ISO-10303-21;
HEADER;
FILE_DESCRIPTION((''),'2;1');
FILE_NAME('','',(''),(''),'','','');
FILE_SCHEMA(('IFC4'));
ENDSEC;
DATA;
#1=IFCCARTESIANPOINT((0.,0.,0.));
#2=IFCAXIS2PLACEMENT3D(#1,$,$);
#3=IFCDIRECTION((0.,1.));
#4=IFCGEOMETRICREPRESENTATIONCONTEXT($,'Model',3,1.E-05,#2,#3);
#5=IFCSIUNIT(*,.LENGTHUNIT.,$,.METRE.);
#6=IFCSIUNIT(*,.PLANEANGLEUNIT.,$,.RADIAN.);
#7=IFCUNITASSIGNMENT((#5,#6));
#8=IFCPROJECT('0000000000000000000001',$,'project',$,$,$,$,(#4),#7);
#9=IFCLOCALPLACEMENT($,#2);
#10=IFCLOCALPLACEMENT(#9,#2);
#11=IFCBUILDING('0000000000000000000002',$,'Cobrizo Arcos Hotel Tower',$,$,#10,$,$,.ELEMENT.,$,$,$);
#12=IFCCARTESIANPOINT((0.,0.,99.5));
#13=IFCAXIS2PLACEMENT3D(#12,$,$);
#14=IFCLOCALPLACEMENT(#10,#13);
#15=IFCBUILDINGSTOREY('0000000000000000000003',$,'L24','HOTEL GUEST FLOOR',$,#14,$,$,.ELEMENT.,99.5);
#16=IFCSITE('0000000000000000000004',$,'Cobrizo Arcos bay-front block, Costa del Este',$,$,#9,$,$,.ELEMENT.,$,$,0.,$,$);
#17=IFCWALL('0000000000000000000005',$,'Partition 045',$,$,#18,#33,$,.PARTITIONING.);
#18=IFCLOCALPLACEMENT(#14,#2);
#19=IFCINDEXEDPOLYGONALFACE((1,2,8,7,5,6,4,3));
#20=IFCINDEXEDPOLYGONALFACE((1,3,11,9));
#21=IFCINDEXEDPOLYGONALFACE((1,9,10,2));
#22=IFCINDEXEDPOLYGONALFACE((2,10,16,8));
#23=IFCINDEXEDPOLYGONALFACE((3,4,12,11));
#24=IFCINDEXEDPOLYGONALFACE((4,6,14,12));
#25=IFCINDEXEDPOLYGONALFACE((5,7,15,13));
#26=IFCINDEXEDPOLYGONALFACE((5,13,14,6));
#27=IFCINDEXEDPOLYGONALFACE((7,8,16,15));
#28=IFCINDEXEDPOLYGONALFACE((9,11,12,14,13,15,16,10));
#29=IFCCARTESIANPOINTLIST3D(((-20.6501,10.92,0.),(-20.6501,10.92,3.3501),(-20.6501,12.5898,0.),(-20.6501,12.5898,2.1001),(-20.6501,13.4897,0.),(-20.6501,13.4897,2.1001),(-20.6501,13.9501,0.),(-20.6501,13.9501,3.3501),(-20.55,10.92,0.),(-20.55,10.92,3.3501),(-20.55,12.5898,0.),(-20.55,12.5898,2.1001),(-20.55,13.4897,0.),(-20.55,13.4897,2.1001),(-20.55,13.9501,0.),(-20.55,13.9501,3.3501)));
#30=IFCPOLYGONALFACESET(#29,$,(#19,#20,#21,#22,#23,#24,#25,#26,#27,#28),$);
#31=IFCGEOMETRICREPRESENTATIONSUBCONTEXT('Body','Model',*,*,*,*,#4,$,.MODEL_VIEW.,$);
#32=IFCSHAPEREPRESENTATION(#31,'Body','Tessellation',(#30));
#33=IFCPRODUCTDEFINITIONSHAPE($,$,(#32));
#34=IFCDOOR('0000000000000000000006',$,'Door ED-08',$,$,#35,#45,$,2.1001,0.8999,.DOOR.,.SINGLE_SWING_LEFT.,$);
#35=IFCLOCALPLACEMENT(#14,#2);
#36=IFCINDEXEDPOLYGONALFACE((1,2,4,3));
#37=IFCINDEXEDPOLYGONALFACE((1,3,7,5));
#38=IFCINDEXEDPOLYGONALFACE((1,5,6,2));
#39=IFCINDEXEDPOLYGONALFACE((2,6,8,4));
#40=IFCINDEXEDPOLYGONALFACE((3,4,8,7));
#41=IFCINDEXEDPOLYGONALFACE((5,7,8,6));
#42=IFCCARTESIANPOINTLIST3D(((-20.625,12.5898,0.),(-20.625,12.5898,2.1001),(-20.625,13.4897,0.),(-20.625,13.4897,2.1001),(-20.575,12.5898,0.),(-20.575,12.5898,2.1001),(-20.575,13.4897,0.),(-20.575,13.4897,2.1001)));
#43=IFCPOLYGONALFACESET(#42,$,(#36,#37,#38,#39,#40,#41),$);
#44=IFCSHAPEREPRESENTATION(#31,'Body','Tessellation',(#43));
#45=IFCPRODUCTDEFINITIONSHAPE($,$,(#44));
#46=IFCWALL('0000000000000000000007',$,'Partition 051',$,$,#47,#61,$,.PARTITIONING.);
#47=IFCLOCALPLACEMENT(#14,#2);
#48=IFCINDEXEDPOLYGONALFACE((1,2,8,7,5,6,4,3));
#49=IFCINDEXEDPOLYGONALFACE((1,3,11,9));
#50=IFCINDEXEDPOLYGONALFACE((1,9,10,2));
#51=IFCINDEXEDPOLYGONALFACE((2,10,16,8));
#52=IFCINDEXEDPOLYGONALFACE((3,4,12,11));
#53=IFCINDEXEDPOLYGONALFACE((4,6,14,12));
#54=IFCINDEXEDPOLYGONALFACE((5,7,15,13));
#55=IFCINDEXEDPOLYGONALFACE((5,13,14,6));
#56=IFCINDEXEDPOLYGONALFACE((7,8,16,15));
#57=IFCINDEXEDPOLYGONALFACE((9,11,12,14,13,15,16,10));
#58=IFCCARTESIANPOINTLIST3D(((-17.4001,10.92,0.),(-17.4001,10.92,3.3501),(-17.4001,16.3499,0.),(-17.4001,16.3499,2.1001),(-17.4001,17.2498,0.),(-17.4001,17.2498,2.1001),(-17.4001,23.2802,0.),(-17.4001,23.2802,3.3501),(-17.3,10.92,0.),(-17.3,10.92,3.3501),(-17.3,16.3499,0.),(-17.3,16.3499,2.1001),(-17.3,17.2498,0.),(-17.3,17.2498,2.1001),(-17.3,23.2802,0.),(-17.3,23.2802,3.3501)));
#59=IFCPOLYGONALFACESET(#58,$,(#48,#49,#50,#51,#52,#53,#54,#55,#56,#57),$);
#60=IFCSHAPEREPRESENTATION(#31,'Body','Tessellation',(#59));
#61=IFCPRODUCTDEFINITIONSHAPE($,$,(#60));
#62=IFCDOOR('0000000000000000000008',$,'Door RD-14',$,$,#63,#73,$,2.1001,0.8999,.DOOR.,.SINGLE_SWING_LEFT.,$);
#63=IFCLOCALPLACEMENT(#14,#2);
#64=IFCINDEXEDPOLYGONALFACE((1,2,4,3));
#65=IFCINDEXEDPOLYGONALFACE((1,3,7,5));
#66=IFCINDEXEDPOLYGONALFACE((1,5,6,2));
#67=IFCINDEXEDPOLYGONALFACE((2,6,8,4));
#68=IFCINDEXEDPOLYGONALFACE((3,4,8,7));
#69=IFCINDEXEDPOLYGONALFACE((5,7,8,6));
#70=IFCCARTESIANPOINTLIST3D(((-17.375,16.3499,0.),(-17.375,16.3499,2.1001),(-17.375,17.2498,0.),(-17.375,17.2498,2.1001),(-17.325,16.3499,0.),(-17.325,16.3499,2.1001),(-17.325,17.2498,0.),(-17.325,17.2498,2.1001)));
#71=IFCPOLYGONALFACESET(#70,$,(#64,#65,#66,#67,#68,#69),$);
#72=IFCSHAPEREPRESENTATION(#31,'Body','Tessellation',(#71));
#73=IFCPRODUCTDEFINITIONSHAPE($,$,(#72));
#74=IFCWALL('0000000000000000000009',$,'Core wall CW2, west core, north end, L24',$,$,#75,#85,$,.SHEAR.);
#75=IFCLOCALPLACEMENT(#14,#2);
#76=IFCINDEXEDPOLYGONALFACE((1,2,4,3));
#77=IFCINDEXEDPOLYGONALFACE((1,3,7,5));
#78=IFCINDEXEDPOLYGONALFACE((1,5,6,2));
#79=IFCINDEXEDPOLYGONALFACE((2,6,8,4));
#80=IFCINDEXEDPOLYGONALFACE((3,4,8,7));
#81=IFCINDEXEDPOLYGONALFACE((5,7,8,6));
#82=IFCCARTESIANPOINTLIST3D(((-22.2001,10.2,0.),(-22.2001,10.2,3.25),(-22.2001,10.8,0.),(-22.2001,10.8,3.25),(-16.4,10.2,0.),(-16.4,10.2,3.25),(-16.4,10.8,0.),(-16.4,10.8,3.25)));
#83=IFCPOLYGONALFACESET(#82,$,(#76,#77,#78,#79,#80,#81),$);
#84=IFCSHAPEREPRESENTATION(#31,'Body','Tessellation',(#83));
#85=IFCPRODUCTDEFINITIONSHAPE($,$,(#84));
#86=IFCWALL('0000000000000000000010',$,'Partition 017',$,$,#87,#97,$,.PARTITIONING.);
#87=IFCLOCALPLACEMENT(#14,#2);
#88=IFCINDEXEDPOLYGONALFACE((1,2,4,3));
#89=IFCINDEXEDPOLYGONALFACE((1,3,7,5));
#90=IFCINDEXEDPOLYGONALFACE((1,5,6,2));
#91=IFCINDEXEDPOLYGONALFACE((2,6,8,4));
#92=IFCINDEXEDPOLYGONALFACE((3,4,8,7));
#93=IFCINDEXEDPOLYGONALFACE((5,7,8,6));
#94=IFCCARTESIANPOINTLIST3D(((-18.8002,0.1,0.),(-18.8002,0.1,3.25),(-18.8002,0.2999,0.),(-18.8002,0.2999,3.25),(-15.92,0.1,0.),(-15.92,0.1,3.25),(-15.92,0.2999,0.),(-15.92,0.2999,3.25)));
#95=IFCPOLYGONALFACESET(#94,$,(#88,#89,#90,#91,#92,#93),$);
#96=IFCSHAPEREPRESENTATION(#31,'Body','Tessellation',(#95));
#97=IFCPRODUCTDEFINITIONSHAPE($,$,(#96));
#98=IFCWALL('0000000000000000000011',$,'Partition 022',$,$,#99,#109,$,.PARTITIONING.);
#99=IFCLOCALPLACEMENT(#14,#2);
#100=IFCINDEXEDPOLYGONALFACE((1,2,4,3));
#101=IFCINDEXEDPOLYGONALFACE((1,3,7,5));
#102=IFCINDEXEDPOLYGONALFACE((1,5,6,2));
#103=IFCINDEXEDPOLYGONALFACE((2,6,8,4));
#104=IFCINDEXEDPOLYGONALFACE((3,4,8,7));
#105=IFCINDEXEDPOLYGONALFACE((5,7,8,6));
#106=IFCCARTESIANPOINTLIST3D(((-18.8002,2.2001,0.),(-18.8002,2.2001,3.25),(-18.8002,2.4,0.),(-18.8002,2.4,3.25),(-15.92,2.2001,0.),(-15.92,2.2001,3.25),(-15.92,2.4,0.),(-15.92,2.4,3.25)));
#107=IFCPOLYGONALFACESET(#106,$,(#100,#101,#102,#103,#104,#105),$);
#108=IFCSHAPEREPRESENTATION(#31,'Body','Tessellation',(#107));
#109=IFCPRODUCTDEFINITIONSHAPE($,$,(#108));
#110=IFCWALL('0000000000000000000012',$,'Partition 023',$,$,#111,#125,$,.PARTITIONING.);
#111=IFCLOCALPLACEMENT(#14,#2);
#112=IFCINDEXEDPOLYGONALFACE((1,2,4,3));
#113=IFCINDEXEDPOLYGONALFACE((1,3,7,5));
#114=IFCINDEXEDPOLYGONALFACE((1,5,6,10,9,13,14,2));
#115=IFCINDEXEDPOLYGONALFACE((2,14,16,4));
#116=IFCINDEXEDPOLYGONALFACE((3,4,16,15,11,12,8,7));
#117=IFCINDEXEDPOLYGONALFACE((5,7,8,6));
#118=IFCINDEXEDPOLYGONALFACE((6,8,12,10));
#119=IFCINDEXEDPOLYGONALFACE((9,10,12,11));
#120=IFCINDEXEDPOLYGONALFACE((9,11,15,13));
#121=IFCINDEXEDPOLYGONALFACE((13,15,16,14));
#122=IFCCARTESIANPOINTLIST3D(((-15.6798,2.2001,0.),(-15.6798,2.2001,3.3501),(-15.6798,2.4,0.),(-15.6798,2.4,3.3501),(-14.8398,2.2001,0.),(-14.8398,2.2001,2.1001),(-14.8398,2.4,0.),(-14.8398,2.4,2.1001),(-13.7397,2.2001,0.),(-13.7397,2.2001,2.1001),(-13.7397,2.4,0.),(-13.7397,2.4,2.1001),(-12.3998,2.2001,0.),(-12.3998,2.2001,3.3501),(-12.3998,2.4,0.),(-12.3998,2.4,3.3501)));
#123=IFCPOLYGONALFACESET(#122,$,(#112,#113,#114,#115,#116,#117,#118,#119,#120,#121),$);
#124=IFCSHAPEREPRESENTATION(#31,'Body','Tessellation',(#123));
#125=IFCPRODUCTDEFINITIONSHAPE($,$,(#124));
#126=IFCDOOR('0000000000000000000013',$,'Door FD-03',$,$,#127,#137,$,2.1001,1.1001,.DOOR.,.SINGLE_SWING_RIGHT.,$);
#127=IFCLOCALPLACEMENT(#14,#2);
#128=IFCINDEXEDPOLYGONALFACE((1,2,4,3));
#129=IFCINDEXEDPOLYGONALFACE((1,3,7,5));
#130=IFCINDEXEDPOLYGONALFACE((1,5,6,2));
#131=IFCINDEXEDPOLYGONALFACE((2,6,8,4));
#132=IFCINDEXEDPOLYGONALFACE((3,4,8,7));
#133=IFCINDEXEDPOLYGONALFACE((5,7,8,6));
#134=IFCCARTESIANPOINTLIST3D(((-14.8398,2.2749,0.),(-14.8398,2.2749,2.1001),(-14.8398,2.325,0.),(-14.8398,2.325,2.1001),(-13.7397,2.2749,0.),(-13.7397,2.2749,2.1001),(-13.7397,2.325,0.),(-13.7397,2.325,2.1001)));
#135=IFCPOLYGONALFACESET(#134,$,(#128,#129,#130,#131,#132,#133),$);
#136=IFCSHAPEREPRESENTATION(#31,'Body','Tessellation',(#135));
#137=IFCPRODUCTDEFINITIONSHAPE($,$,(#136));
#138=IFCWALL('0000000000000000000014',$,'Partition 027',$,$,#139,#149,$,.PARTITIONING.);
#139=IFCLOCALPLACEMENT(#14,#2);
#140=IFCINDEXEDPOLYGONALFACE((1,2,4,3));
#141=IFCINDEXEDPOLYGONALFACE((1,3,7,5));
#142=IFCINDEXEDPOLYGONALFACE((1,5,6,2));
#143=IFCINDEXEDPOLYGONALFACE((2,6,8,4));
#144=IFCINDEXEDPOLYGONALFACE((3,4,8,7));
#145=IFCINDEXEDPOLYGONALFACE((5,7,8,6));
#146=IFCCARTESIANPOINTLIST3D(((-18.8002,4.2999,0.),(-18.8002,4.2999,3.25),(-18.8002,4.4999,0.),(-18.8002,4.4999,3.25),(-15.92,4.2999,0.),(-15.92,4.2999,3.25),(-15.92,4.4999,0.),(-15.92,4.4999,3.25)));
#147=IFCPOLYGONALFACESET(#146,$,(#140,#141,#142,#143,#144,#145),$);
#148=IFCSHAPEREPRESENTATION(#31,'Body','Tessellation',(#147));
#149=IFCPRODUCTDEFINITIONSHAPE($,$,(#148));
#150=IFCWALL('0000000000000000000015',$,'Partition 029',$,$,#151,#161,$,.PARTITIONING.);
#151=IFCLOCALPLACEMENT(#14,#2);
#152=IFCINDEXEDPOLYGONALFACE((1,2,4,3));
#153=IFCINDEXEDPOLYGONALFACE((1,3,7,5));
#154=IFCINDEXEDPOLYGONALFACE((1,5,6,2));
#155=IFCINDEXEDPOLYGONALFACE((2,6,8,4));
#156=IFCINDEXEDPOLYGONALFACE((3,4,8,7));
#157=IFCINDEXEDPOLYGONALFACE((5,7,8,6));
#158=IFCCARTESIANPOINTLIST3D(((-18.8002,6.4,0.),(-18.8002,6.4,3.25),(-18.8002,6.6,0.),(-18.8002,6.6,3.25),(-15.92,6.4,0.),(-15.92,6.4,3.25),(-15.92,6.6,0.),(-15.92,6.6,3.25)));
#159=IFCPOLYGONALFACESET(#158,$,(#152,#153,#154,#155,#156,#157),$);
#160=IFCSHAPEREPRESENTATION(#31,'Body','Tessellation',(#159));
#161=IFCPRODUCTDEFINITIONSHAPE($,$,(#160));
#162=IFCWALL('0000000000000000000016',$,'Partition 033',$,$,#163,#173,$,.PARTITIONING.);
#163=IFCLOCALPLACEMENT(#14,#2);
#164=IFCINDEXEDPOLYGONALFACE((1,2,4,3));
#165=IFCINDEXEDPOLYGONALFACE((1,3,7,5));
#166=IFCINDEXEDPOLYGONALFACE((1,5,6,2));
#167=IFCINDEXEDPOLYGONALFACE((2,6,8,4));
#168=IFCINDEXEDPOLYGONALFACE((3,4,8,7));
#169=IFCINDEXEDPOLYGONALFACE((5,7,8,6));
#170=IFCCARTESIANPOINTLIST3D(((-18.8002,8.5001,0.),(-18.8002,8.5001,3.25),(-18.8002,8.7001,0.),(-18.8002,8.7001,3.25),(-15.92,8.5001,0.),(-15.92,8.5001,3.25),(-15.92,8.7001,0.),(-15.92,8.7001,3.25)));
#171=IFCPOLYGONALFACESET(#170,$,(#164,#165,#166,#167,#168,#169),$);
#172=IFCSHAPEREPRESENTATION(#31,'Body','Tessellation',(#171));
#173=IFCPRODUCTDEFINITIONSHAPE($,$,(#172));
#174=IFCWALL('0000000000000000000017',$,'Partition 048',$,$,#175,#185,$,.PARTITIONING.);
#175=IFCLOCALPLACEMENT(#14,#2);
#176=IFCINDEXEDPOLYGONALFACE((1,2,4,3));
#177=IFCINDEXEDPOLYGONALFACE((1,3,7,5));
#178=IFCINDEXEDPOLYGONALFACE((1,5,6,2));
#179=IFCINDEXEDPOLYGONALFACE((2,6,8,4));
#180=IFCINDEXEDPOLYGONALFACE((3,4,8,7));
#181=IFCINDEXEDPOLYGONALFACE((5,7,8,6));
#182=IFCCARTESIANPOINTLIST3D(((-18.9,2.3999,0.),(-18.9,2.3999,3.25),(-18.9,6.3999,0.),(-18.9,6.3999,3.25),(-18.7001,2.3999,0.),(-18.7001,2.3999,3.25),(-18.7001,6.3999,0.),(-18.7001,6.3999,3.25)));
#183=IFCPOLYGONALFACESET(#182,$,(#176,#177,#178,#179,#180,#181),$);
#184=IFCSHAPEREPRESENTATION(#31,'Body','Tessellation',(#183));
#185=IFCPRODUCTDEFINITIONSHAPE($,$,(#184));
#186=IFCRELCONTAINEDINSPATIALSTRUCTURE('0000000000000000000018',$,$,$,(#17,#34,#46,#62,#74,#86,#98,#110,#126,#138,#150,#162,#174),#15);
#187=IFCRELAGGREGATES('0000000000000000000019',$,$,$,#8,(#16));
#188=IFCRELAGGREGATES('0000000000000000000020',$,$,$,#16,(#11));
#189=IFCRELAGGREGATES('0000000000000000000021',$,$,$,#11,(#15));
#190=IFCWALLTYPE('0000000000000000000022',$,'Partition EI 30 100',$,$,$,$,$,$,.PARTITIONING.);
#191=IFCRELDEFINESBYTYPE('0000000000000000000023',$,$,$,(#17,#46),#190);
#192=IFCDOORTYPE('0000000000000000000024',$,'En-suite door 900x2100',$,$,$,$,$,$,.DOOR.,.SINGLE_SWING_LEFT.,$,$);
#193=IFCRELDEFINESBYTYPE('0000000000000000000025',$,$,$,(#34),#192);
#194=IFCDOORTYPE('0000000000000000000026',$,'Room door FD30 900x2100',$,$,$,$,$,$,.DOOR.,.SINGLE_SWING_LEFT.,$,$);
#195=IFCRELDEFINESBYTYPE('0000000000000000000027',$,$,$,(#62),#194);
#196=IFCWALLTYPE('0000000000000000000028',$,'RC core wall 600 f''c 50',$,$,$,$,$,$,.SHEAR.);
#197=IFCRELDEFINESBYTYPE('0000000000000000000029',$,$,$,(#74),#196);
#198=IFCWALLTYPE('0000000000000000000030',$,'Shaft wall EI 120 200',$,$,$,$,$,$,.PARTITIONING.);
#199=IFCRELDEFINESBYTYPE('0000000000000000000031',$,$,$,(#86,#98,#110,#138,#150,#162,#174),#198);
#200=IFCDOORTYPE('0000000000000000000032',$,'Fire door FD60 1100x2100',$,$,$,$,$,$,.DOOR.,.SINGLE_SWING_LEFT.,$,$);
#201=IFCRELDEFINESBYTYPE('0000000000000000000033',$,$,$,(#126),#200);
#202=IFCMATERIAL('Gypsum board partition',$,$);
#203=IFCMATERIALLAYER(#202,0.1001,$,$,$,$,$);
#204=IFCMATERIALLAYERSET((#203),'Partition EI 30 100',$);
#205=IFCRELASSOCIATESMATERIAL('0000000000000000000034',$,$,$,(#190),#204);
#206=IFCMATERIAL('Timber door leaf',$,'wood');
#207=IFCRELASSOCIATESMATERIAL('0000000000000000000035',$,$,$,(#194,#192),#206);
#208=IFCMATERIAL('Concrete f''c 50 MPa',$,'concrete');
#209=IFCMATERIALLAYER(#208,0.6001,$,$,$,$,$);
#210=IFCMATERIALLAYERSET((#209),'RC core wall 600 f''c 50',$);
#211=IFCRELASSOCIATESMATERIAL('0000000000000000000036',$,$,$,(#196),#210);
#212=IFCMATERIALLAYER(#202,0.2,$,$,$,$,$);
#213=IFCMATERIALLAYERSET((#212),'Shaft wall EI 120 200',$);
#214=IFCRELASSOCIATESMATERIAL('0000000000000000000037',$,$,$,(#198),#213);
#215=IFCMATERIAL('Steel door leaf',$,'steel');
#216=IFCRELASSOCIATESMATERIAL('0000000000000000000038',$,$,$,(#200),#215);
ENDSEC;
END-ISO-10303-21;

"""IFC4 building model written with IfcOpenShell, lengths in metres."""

from ifc_helpers import new_model, si_unit, direction, frame, frame_2d, origin, place, context, subcontext, project, spatial, rectangle, extrude, material, layer, layer_set, type_object, element, fill, save


model = new_model("IFC4")

# Units and contexts
model_context = context("Model", 3, precision=1e-05, world=origin(), true_north=direction((0.0, 1.0)))
body_context = subcontext(model_context, "Body", "Model", "MODEL_VIEW")
ifc_project = project(units=[si_unit("LENGTHUNIT", "METRE"), si_unit("PLANEANGLEUNIT", "RADIAN")], contexts=[model_context])

# Site, building, storey
site_placement = place(None, origin())
site = spatial("IfcSite", under=ifc_project, at=site_placement, Name="Cobrizo Arcos bay-front block, Costa del Este", CompositionType="ELEMENT", RefElevation=0.0)
building_placement = place(site_placement, origin())
building = spatial("IfcBuilding", under=site, at=building_placement, Name="Cobrizo Arcos Hotel Tower", CompositionType="ELEMENT")
storey_placement = place(building_placement, frame((0.0, 0.0, 99.5)))
storey = spatial("IfcBuildingStorey", under=building, at=storey_placement, Name="L24", Description="HOTEL GUEST FLOOR", CompositionType="ELEMENT", Elevation=99.5)

# Walls, openings, doors
ifc_material_1 = material(Name="Gypsum board partition")
ifc_layer_1 = layer(ifc_material_1, 0.1001)
ifc_layer_set_1 = layer_set([ifc_layer_1], Name="Partition EI 30 100")
wall_type_1 = type_object("IfcWallType", Name="Partition EI 30 100", PredefinedType="PARTITIONING", material=ifc_layer_set_1)
ifc_material_2 = material(Name="Timber door leaf", Category="wood")
door_type_1 = type_object("IfcDoorType", Name="Room door FD30 900x2100", OperationType="SINGLE_SWING_LEFT", PredefinedType="DOOR", material=ifc_material_2)
wall_1_placement = place(storey_placement, frame((-20.6001, 10.9199, 0.0), z_axis=(0.0, 0.0, 1.0), x_axis=(0.0, 1.0, 0.0)))
wall_1 = element("IfcWall", 1, at=wall_1_placement, inside=storey, type_object=wall_type_1, Name="Partition 045", PredefinedType="PARTITIONING", context=body_context, shape_type="SweptSolid", body=[
    extrude(rectangle(XDim=3.03, YDim=0.1001, at=frame_2d((1.5151, 0.0))), origin(), (0.0, 0.0, 1.0), 3.3501),
])
opening_1_placement = place(wall_1_placement, frame((1.6699, 0.0, 0.0)))
opening_1 = element("IfcOpeningElement", 2, at=opening_1_placement, cuts=wall_1, PredefinedType="OPENING", context=body_context, shape_type="SweptSolid", body=[
    extrude(rectangle(XDim=0.8999, YDim=2.1001, at=frame_2d((0.45, 1.05))), frame((0.0, 0.062, 0.0), z_axis=(0.0, -1.0, 0.0), x_axis=(1.0, 0.0, 0.0)), (0.0, 0.0, 1.0), 0.124),
])
door_type_2 = type_object("IfcDoorType", Name="En-suite door 900x2100", OperationType="SINGLE_SWING_LEFT", PredefinedType="DOOR", material=ifc_material_2)
door_1_placement = place(opening_1_placement, origin())
door_1 = element("IfcDoor", 3, at=door_1_placement, inside=storey, type_object=door_type_2, Name="Door ED-08", OperationType="SINGLE_SWING_LEFT", OverallHeight=2.1001, OverallWidth=0.8999, PredefinedType="DOOR", context=body_context, shape_type="SweptSolid", body=[
    extrude(rectangle(XDim=0.8999, YDim=2.1001, at=frame_2d((0.45, 1.05))), frame((0.0, 0.0249, 0.0), z_axis=(0.0, -1.0, 0.0), x_axis=(1.0, 0.0, 0.0)), (0.0, 0.0, 1.0), 0.05),
])
fill(opening_1, door_1)
wall_2_placement = place(storey_placement, frame((-17.3501, 10.9199, 0.0), z_axis=(0.0, 0.0, 1.0), x_axis=(0.0, 1.0, 0.0)))
wall_2 = element("IfcWall", 4, at=wall_2_placement, inside=storey, type_object=wall_type_1, Name="Partition 051", PredefinedType="PARTITIONING", context=body_context, shape_type="SweptSolid", body=[
    extrude(rectangle(XDim=12.3601, YDim=0.1001, at=frame_2d((6.1802, 0.0))), origin(), (0.0, 0.0, 1.0), 3.3501),
])
opening_2_placement = place(wall_2_placement, frame((5.4299, 0.0, 0.0)))
opening_2 = element("IfcOpeningElement", 5, at=opening_2_placement, cuts=wall_2, PredefinedType="OPENING", context=body_context, shape_type="SweptSolid", body=[
    extrude(rectangle(XDim=0.8999, YDim=2.1001, at=frame_2d((0.45, 1.05))), frame((0.0, 0.062, 0.0), z_axis=(0.0, -1.0, 0.0), x_axis=(1.0, 0.0, 0.0)), (0.0, 0.0, 1.0), 0.124),
])
door_2_placement = place(opening_2_placement, origin())
door_2 = element("IfcDoor", 6, at=door_2_placement, inside=storey, type_object=door_type_1, Name="Door RD-14", OperationType="SINGLE_SWING_LEFT", OverallHeight=2.1001, OverallWidth=0.8999, PredefinedType="DOOR", context=body_context, shape_type="SweptSolid", body=[
    extrude(rectangle(XDim=0.8999, YDim=2.1001, at=frame_2d((0.45, 1.05))), frame((0.0, 0.0249, 0.0), z_axis=(0.0, -1.0, 0.0), x_axis=(1.0, 0.0, 0.0)), (0.0, 0.0, 1.0), 0.05),
])
fill(opening_2, door_2)

# Walls
ifc_material_3 = material(Name="Concrete f'c 50 MPa", Category="concrete")
ifc_layer_2 = layer(ifc_material_3, 0.6001)
ifc_layer_set_2 = layer_set([ifc_layer_2], Name="RC core wall 600 f'c 50")
wall_type_2 = type_object("IfcWallType", Name="RC core wall 600 f'c 50", PredefinedType="SHEAR", material=ifc_layer_set_2)
wall_3_placement = place(storey_placement, frame((-22.2, 10.5, 0.0), z_axis=(0.0, 0.0, 1.0), x_axis=(1.0, 0.0, 0.0)))
element("IfcWall", 7, at=wall_3_placement, inside=storey, type_object=wall_type_2, Name="Core wall CW2, west core, north end, L24", PredefinedType="SHEAR", context=body_context, shape_type="SweptSolid", body=[
    extrude(rectangle(XDim=5.8, YDim=0.6001, at=frame_2d((2.8999, 0.0))), origin(), (0.0, 0.0, 1.0), 3.25),
])
ifc_layer_3 = layer(ifc_material_1, 0.2)
ifc_layer_set_3 = layer_set([ifc_layer_3], Name="Shaft wall EI 120 200")
wall_type_3 = type_object("IfcWallType", Name="Shaft wall EI 120 200", PredefinedType="PARTITIONING", material=ifc_layer_set_3)
for number, where, z_axis, x_axis, name in (
    (8, (-18.8, 0.2, 0.0), (0.0, 0.0, 1.0), (1.0, 0.0, 0.0), "Partition 017"),
    (9, (-18.8, 2.3, 0.0), (0.0, 0.0, 1.0), (1.0, 0.0, 0.0), "Partition 022"),
):
    element("IfcWall", number, at=place(storey_placement, frame(where, z_axis=z_axis, x_axis=x_axis)), inside=storey, type_object=wall_type_3, Name=name, PredefinedType="PARTITIONING", context=body_context, shape_type="SweptSolid", body=[
        extrude(rectangle(XDim=2.8801, YDim=0.2, at=frame_2d((1.4399, 0.0))), origin(), (0.0, 0.0, 1.0), 3.25),
    ])

# Wall, opening, door
wall_4_placement = place(storey_placement, frame((-15.6799, 2.3, 0.0), z_axis=(0.0, 0.0, 1.0), x_axis=(1.0, 0.0, 0.0)))
wall_4 = element("IfcWall", 10, at=wall_4_placement, inside=storey, type_object=wall_type_3, Name="Partition 023", PredefinedType="PARTITIONING", context=body_context, shape_type="SweptSolid", body=[
    extrude(rectangle(XDim=3.28, YDim=0.2, at=frame_2d((1.6401, 0.0))), origin(), (0.0, 0.0, 1.0), 3.3501),
])
opening_3_placement = place(wall_4_placement, frame((0.8401, 0.0, 0.0)))
opening_3 = element("IfcOpeningElement", 11, at=opening_3_placement, cuts=wall_4, PredefinedType="OPENING", context=body_context, shape_type="SweptSolid", body=[
    extrude(rectangle(XDim=1.1001, YDim=2.1001, at=frame_2d((0.55, 1.05))), frame((0.0, 0.1121, 0.0), z_axis=(0.0, -1.0, 0.0), x_axis=(1.0, 0.0, 0.0)), (0.0, 0.0, 1.0), 0.2239),
])
ifc_material_4 = material(Name="Steel door leaf", Category="steel")
door_type_3 = type_object("IfcDoorType", Name="Fire door FD60 1100x2100", OperationType="SINGLE_SWING_LEFT", PredefinedType="DOOR", material=ifc_material_4)
door_3_placement = place(opening_3_placement, origin())
door_3 = element("IfcDoor", 12, at=door_3_placement, inside=storey, type_object=door_type_3, Name="Door FD-03", OperationType="SINGLE_SWING_RIGHT", OverallHeight=2.1001, OverallWidth=1.1001, PredefinedType="DOOR", context=body_context, shape_type="SweptSolid", body=[
    extrude(rectangle(XDim=1.1001, YDim=2.1001, at=frame_2d((0.55, 1.05))), frame((0.0, 0.0249, 0.0), z_axis=(0.0, -1.0, 0.0), x_axis=(1.0, 0.0, 0.0)), (0.0, 0.0, 1.0), 0.05),
])
fill(opening_3, door_3)

# Walls
for number, where, z_axis, x_axis, name in (
    (13, (-18.8, 4.3999, 0.0), (0.0, 0.0, 1.0), (1.0, 0.0, 0.0), "Partition 027"),
    (14, (-18.8, 6.5, 0.0), (0.0, 0.0, 1.0), (1.0, 0.0, 0.0), "Partition 029"),
    (15, (-18.8, 8.6001, 0.0), (0.0, 0.0, 1.0), (1.0, 0.0, 0.0), "Partition 033"),
):
    element("IfcWall", number, at=place(storey_placement, frame(where, z_axis=z_axis, x_axis=x_axis)), inside=storey, type_object=wall_type_3, Name=name, PredefinedType="PARTITIONING", context=body_context, shape_type="SweptSolid", body=[
        extrude(rectangle(XDim=2.8801, YDim=0.2, at=frame_2d((1.4399, 0.0))), origin(), (0.0, 0.0, 1.0), 3.25),
    ])
wall_5_placement = place(storey_placement, frame((-18.8, 2.3999, 0.0), z_axis=(0.0, 0.0, 1.0), x_axis=(0.0, 1.0, 0.0)))
element("IfcWall", 16, at=wall_5_placement, inside=storey, type_object=wall_type_3, Name="Partition 048", PredefinedType="PARTITIONING", context=body_context, shape_type="SweptSolid", body=[
    extrude(rectangle(XDim=4.0, YDim=0.2, at=frame_2d((2.0, 0.0))), origin(), (0.0, 0.0, 1.0), 3.25),
])

save(model, "model.ifc")
